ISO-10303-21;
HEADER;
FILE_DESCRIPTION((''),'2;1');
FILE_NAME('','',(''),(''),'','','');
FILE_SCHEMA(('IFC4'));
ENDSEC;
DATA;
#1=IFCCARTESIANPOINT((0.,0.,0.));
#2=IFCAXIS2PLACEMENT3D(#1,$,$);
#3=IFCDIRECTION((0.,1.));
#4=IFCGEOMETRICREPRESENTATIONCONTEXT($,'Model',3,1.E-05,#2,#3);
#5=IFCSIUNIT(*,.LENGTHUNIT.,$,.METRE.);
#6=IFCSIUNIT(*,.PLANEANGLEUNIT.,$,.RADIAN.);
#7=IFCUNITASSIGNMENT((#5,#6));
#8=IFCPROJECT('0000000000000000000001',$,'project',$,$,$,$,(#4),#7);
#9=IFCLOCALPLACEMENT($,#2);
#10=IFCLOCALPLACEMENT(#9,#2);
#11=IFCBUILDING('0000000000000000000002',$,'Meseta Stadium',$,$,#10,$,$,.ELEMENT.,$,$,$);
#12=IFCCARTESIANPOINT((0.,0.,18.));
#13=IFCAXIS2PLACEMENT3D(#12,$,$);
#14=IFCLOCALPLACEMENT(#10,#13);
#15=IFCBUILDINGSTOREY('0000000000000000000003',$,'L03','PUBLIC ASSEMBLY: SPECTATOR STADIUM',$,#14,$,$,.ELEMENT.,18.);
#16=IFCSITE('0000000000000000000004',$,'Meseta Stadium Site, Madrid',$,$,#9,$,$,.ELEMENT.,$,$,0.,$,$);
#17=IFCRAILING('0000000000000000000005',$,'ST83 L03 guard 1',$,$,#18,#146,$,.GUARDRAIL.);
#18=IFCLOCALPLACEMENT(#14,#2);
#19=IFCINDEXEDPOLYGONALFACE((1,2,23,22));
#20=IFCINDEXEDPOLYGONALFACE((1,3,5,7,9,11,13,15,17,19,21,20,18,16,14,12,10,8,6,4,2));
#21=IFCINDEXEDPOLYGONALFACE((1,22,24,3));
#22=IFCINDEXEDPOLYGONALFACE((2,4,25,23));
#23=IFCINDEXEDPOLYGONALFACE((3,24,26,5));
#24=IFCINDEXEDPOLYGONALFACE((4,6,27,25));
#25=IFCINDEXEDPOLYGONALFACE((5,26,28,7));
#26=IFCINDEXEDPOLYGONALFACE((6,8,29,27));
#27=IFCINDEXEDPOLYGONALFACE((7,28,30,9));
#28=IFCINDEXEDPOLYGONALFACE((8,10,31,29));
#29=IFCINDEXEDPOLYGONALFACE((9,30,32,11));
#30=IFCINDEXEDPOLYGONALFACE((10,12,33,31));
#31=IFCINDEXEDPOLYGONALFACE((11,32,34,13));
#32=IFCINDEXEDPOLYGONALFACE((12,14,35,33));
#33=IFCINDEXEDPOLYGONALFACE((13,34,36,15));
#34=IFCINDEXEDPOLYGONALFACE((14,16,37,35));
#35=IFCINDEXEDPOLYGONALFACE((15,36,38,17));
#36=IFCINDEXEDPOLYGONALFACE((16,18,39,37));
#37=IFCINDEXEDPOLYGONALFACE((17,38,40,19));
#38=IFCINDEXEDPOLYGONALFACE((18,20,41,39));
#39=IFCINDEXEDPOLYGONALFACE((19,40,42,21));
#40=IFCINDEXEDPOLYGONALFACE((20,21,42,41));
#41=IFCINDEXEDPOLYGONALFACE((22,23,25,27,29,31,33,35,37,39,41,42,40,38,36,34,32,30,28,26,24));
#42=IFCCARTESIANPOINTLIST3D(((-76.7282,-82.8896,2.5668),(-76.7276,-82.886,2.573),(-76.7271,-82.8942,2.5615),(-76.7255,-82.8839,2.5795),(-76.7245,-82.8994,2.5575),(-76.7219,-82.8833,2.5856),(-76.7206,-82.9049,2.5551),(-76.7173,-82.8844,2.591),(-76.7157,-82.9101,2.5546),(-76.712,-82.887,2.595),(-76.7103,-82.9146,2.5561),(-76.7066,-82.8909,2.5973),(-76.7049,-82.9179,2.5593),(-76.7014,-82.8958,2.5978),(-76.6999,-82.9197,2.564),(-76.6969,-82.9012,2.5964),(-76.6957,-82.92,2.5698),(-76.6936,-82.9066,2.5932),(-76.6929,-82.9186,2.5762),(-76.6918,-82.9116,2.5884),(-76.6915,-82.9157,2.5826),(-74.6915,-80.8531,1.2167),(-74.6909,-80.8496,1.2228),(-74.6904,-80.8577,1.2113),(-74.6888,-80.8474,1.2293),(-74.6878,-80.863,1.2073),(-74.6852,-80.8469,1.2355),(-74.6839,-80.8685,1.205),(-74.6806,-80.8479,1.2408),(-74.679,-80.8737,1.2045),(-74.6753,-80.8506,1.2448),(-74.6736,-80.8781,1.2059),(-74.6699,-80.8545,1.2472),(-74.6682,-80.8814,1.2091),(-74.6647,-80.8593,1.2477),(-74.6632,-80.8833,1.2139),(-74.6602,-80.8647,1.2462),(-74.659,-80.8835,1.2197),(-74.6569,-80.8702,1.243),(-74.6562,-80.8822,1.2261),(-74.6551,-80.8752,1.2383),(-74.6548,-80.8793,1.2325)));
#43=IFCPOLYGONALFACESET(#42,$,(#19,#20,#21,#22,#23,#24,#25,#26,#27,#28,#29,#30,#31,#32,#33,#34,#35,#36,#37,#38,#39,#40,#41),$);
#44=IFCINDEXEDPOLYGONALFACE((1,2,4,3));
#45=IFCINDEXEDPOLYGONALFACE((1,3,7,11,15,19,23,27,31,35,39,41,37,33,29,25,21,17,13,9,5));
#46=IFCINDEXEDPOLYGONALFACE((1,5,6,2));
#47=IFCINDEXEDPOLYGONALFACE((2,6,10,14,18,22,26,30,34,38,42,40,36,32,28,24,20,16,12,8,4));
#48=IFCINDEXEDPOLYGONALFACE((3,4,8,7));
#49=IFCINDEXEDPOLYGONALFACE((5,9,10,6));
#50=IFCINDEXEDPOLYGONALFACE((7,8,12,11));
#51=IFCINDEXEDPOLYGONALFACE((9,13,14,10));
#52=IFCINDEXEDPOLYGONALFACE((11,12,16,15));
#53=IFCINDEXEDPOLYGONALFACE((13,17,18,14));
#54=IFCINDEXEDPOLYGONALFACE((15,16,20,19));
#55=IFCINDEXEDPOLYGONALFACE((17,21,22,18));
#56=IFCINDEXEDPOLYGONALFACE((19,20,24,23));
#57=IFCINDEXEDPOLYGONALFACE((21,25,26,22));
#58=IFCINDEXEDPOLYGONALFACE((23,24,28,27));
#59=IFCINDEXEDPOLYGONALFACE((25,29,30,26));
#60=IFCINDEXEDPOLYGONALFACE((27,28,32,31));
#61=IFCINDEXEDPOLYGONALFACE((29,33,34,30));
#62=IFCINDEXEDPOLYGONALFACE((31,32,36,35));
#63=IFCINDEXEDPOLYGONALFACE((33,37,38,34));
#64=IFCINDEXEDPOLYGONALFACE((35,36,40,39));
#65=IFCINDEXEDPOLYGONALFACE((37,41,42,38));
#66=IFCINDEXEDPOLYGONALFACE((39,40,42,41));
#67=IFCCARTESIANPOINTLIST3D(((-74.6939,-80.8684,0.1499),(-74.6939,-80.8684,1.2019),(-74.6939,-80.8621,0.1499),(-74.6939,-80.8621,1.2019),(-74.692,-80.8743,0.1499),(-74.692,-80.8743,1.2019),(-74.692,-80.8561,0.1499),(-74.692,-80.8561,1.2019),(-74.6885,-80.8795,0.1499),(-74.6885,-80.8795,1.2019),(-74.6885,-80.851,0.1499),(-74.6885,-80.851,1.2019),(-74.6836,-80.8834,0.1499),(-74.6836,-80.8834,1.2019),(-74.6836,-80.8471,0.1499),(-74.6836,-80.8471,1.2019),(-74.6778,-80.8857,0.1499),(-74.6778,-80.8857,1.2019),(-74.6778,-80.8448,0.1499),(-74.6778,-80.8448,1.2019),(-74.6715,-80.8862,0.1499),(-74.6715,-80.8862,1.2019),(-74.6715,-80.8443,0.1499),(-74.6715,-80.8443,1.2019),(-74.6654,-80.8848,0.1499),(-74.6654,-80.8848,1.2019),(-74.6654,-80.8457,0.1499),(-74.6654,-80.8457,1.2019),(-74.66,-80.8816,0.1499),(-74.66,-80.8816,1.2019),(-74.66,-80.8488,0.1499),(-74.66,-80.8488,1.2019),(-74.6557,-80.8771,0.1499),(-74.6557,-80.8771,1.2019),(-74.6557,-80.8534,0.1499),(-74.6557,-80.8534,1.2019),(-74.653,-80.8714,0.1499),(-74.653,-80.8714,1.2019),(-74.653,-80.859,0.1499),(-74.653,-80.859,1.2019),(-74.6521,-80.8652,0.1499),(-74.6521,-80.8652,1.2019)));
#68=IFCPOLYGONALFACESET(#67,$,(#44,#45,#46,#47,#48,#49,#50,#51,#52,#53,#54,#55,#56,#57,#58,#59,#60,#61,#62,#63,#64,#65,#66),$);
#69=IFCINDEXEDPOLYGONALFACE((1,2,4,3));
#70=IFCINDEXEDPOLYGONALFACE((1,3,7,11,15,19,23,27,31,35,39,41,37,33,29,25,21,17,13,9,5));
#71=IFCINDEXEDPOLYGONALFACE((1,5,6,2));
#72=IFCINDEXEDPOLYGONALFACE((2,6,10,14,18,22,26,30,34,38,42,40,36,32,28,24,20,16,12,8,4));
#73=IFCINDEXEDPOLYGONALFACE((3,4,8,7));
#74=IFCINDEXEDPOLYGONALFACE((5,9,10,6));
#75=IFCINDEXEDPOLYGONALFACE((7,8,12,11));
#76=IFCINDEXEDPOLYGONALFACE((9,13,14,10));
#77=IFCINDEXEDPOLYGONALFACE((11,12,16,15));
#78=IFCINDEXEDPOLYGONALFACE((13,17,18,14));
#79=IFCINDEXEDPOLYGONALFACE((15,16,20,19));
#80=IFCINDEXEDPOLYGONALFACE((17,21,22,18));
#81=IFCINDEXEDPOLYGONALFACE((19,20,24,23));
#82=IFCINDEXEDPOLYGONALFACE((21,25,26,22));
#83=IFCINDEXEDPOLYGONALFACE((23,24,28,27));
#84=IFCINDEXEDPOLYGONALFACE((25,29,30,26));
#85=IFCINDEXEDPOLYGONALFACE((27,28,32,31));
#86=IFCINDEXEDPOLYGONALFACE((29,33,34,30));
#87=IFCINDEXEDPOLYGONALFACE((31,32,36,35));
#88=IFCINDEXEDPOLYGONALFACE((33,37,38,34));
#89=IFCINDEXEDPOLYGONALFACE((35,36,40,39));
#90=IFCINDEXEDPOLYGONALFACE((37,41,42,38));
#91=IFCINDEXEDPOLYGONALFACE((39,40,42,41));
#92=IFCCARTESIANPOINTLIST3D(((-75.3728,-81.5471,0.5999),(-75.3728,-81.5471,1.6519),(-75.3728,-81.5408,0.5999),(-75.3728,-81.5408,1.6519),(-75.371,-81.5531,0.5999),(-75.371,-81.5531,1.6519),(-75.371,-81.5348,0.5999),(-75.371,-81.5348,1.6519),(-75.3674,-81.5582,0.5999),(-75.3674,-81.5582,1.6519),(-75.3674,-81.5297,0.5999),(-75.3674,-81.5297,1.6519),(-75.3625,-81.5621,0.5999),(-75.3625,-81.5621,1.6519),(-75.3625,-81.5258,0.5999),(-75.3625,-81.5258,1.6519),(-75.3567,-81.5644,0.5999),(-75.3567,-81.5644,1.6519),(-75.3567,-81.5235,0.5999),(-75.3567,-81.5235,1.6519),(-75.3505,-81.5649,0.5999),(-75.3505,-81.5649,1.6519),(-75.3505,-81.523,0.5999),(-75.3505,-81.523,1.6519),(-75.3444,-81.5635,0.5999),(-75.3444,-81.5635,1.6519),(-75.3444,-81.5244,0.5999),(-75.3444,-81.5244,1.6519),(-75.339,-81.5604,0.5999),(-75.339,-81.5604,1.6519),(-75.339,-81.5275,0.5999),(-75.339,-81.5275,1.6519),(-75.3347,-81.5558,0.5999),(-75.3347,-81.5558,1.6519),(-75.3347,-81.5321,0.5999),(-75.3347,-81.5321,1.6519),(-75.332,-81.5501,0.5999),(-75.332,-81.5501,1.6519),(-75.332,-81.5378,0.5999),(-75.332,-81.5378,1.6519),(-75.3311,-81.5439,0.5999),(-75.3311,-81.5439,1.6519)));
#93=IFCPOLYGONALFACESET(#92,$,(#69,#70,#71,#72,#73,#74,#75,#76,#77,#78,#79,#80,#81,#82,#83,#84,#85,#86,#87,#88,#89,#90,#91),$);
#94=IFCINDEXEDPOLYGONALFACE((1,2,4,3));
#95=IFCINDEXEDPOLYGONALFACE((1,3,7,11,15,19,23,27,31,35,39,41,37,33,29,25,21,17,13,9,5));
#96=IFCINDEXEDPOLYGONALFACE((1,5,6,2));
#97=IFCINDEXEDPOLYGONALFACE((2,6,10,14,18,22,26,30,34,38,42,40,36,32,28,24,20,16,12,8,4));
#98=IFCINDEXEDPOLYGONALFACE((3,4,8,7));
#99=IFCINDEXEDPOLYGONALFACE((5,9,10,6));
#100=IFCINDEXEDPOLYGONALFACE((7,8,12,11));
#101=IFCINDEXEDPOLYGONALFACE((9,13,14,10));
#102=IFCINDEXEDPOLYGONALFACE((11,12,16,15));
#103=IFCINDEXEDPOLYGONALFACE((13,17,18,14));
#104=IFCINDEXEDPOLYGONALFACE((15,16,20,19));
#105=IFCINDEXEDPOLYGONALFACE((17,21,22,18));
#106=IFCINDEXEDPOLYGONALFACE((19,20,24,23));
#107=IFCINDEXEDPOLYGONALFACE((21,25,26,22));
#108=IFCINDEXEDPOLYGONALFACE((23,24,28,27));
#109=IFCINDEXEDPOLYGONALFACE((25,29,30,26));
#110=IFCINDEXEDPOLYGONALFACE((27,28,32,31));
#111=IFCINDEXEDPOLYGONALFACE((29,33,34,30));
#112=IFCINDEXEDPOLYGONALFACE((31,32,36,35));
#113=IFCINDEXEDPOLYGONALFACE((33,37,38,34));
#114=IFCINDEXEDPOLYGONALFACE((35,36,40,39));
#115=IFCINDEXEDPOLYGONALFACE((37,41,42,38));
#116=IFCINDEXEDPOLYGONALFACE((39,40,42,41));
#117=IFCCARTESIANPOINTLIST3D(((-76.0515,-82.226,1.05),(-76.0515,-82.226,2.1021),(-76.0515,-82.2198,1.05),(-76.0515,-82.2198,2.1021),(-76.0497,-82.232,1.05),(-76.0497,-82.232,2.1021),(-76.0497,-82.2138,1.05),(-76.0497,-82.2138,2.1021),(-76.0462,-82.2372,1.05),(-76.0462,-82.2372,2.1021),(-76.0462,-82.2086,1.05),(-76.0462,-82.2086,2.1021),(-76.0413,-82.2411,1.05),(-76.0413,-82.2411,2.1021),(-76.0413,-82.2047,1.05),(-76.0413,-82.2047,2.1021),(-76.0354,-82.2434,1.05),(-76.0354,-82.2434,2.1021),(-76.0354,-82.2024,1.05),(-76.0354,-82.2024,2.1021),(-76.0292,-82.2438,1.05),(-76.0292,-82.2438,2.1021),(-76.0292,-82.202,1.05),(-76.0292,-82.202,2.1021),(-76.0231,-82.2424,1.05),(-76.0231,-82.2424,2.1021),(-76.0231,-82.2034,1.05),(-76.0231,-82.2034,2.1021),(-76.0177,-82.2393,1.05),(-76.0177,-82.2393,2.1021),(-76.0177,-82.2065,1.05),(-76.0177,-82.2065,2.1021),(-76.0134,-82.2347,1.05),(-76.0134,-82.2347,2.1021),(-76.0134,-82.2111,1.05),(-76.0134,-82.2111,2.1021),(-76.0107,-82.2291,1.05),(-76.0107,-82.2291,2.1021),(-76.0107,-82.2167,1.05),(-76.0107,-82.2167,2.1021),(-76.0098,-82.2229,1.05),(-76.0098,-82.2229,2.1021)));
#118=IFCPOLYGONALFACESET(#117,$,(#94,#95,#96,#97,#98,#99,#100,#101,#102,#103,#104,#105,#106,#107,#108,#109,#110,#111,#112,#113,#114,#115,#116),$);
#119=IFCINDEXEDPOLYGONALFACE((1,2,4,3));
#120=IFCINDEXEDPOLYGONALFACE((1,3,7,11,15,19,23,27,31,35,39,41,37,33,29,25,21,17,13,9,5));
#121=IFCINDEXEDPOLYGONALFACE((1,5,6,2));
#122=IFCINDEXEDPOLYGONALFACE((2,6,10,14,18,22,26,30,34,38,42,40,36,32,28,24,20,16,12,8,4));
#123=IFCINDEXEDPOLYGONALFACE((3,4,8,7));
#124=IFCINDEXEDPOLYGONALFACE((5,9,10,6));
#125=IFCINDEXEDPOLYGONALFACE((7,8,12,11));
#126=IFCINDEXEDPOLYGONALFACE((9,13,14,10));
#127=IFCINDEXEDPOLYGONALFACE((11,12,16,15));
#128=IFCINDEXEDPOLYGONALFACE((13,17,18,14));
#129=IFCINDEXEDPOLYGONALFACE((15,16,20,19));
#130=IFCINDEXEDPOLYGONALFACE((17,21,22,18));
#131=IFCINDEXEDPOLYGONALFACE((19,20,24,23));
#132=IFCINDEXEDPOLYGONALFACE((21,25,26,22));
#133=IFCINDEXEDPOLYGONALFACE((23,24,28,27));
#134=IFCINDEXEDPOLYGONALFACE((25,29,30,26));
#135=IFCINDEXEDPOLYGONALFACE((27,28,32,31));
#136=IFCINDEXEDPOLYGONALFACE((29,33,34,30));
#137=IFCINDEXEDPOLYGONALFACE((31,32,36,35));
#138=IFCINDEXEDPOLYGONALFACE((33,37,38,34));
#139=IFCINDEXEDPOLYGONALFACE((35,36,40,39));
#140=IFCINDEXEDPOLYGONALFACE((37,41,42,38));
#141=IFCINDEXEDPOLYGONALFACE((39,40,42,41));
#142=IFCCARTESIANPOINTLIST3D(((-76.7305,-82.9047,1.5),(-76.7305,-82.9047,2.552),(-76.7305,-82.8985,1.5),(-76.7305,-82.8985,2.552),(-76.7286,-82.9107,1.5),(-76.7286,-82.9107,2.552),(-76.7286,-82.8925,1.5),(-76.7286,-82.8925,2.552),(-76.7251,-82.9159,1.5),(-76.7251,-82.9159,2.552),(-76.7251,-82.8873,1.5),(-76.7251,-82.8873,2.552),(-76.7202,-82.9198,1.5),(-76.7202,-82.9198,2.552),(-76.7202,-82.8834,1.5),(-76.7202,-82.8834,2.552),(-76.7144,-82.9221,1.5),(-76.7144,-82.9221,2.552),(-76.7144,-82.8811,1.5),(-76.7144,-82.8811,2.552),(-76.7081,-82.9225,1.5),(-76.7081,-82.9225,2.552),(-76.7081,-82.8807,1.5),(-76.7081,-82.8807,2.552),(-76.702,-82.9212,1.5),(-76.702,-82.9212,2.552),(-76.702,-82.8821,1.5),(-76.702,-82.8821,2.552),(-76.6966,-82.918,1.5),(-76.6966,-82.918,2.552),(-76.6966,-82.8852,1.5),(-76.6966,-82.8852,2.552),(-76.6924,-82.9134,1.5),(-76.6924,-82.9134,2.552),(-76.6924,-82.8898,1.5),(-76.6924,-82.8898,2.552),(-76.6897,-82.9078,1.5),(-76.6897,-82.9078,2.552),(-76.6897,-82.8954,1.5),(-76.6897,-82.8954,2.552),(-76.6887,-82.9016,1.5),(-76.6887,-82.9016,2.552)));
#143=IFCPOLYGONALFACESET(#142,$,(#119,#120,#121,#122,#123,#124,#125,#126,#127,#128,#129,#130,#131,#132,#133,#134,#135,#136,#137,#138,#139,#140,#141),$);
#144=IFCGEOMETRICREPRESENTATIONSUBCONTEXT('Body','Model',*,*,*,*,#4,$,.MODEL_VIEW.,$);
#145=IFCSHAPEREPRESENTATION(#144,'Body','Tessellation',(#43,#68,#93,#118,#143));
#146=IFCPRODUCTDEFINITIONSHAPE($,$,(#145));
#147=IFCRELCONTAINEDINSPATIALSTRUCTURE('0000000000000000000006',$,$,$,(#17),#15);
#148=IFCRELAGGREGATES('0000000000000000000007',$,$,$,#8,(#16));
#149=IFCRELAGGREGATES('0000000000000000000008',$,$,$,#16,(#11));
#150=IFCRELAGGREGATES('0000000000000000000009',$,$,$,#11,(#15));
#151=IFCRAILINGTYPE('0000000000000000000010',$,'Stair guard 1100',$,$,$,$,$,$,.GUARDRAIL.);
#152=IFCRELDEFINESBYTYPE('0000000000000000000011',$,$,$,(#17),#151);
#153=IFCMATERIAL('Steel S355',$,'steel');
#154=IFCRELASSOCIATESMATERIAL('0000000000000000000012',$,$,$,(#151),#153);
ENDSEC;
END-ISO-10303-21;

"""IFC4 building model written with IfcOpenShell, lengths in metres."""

from ifc_helpers import new_model, si_unit, direction, frame, origin, origin_2d, place, context, subcontext, project, spatial, circle, extrude, material, type_object, element, save


model = new_model("IFC4")

# Units and contexts
model_context = context("Model", 3, precision=1e-05, world=origin(), true_north=direction((0.0, 1.0)))
body_context = subcontext(model_context, "Body", "Model", "MODEL_VIEW")
ifc_project = project(units=[si_unit("LENGTHUNIT", "METRE"), si_unit("PLANEANGLEUNIT", "RADIAN")], contexts=[model_context])

# Site, building, storey
site_placement = place(None, origin())
site = spatial("IfcSite", under=ifc_project, at=site_placement, Name="Meseta Stadium Site, Madrid", CompositionType="ELEMENT", RefElevation=0.0)
building_placement = place(site_placement, origin())
building = spatial("IfcBuilding", under=site, at=building_placement, Name="Meseta Stadium", CompositionType="ELEMENT")
storey_placement = place(building_placement, frame((0.0, 0.0, 18.0)))
storey = spatial("IfcBuildingStorey", under=building, at=storey_placement, Name="L03", Description="PUBLIC ASSEMBLY: SPECTATOR STADIUM", CompositionType="ELEMENT", Elevation=18.0)

# Railing
ifc_material_1 = material(Name="Steel S355", Category="steel")
railing_type_1 = type_object("IfcRailingType", Name="Stair guard 1100", PredefinedType="GUARDRAIL", material=ifc_material_1)
railing_1_placement = place(storey_placement, frame((-74.6731, -80.8652, 0.1499)))
element("IfcRailing", 1, at=railing_1_placement, inside=storey, type_object=railing_type_1, Name="ST83 L03 guard 1", PredefinedType="GUARDRAIL", context=body_context, shape_type="SweptSolid", body=[
    extrude(circle(Radius=0.0239, at=origin_2d()), frame((0.0, 0.0, 1.0762), z_axis=(-0.640288, -0.640211, 0.424454), x_axis=(0.707064, -0.707149, 0.0)), (0.0, 0.0, 1.0), 3.1809),
    extrude(circle(Radius=0.021, at=origin_2d()), origin(), (0.0, 0.0, 1.0), 1.052),
    extrude(circle(Radius=0.021, at=origin_2d()), frame((-0.679, -0.6787, 0.45)), (0.0, 0.0, 1.0), 1.052),
    extrude(circle(Radius=0.021, at=origin_2d()), frame((-1.3577, -1.3577, 0.9001)), (0.0, 0.0, 1.0), 1.052),
    extrude(circle(Radius=0.021, at=origin_2d()), frame((-2.0366, -2.0364, 1.3501)), (0.0, 0.0, 1.0), 1.052),
])

save(model, "model.ifc")
